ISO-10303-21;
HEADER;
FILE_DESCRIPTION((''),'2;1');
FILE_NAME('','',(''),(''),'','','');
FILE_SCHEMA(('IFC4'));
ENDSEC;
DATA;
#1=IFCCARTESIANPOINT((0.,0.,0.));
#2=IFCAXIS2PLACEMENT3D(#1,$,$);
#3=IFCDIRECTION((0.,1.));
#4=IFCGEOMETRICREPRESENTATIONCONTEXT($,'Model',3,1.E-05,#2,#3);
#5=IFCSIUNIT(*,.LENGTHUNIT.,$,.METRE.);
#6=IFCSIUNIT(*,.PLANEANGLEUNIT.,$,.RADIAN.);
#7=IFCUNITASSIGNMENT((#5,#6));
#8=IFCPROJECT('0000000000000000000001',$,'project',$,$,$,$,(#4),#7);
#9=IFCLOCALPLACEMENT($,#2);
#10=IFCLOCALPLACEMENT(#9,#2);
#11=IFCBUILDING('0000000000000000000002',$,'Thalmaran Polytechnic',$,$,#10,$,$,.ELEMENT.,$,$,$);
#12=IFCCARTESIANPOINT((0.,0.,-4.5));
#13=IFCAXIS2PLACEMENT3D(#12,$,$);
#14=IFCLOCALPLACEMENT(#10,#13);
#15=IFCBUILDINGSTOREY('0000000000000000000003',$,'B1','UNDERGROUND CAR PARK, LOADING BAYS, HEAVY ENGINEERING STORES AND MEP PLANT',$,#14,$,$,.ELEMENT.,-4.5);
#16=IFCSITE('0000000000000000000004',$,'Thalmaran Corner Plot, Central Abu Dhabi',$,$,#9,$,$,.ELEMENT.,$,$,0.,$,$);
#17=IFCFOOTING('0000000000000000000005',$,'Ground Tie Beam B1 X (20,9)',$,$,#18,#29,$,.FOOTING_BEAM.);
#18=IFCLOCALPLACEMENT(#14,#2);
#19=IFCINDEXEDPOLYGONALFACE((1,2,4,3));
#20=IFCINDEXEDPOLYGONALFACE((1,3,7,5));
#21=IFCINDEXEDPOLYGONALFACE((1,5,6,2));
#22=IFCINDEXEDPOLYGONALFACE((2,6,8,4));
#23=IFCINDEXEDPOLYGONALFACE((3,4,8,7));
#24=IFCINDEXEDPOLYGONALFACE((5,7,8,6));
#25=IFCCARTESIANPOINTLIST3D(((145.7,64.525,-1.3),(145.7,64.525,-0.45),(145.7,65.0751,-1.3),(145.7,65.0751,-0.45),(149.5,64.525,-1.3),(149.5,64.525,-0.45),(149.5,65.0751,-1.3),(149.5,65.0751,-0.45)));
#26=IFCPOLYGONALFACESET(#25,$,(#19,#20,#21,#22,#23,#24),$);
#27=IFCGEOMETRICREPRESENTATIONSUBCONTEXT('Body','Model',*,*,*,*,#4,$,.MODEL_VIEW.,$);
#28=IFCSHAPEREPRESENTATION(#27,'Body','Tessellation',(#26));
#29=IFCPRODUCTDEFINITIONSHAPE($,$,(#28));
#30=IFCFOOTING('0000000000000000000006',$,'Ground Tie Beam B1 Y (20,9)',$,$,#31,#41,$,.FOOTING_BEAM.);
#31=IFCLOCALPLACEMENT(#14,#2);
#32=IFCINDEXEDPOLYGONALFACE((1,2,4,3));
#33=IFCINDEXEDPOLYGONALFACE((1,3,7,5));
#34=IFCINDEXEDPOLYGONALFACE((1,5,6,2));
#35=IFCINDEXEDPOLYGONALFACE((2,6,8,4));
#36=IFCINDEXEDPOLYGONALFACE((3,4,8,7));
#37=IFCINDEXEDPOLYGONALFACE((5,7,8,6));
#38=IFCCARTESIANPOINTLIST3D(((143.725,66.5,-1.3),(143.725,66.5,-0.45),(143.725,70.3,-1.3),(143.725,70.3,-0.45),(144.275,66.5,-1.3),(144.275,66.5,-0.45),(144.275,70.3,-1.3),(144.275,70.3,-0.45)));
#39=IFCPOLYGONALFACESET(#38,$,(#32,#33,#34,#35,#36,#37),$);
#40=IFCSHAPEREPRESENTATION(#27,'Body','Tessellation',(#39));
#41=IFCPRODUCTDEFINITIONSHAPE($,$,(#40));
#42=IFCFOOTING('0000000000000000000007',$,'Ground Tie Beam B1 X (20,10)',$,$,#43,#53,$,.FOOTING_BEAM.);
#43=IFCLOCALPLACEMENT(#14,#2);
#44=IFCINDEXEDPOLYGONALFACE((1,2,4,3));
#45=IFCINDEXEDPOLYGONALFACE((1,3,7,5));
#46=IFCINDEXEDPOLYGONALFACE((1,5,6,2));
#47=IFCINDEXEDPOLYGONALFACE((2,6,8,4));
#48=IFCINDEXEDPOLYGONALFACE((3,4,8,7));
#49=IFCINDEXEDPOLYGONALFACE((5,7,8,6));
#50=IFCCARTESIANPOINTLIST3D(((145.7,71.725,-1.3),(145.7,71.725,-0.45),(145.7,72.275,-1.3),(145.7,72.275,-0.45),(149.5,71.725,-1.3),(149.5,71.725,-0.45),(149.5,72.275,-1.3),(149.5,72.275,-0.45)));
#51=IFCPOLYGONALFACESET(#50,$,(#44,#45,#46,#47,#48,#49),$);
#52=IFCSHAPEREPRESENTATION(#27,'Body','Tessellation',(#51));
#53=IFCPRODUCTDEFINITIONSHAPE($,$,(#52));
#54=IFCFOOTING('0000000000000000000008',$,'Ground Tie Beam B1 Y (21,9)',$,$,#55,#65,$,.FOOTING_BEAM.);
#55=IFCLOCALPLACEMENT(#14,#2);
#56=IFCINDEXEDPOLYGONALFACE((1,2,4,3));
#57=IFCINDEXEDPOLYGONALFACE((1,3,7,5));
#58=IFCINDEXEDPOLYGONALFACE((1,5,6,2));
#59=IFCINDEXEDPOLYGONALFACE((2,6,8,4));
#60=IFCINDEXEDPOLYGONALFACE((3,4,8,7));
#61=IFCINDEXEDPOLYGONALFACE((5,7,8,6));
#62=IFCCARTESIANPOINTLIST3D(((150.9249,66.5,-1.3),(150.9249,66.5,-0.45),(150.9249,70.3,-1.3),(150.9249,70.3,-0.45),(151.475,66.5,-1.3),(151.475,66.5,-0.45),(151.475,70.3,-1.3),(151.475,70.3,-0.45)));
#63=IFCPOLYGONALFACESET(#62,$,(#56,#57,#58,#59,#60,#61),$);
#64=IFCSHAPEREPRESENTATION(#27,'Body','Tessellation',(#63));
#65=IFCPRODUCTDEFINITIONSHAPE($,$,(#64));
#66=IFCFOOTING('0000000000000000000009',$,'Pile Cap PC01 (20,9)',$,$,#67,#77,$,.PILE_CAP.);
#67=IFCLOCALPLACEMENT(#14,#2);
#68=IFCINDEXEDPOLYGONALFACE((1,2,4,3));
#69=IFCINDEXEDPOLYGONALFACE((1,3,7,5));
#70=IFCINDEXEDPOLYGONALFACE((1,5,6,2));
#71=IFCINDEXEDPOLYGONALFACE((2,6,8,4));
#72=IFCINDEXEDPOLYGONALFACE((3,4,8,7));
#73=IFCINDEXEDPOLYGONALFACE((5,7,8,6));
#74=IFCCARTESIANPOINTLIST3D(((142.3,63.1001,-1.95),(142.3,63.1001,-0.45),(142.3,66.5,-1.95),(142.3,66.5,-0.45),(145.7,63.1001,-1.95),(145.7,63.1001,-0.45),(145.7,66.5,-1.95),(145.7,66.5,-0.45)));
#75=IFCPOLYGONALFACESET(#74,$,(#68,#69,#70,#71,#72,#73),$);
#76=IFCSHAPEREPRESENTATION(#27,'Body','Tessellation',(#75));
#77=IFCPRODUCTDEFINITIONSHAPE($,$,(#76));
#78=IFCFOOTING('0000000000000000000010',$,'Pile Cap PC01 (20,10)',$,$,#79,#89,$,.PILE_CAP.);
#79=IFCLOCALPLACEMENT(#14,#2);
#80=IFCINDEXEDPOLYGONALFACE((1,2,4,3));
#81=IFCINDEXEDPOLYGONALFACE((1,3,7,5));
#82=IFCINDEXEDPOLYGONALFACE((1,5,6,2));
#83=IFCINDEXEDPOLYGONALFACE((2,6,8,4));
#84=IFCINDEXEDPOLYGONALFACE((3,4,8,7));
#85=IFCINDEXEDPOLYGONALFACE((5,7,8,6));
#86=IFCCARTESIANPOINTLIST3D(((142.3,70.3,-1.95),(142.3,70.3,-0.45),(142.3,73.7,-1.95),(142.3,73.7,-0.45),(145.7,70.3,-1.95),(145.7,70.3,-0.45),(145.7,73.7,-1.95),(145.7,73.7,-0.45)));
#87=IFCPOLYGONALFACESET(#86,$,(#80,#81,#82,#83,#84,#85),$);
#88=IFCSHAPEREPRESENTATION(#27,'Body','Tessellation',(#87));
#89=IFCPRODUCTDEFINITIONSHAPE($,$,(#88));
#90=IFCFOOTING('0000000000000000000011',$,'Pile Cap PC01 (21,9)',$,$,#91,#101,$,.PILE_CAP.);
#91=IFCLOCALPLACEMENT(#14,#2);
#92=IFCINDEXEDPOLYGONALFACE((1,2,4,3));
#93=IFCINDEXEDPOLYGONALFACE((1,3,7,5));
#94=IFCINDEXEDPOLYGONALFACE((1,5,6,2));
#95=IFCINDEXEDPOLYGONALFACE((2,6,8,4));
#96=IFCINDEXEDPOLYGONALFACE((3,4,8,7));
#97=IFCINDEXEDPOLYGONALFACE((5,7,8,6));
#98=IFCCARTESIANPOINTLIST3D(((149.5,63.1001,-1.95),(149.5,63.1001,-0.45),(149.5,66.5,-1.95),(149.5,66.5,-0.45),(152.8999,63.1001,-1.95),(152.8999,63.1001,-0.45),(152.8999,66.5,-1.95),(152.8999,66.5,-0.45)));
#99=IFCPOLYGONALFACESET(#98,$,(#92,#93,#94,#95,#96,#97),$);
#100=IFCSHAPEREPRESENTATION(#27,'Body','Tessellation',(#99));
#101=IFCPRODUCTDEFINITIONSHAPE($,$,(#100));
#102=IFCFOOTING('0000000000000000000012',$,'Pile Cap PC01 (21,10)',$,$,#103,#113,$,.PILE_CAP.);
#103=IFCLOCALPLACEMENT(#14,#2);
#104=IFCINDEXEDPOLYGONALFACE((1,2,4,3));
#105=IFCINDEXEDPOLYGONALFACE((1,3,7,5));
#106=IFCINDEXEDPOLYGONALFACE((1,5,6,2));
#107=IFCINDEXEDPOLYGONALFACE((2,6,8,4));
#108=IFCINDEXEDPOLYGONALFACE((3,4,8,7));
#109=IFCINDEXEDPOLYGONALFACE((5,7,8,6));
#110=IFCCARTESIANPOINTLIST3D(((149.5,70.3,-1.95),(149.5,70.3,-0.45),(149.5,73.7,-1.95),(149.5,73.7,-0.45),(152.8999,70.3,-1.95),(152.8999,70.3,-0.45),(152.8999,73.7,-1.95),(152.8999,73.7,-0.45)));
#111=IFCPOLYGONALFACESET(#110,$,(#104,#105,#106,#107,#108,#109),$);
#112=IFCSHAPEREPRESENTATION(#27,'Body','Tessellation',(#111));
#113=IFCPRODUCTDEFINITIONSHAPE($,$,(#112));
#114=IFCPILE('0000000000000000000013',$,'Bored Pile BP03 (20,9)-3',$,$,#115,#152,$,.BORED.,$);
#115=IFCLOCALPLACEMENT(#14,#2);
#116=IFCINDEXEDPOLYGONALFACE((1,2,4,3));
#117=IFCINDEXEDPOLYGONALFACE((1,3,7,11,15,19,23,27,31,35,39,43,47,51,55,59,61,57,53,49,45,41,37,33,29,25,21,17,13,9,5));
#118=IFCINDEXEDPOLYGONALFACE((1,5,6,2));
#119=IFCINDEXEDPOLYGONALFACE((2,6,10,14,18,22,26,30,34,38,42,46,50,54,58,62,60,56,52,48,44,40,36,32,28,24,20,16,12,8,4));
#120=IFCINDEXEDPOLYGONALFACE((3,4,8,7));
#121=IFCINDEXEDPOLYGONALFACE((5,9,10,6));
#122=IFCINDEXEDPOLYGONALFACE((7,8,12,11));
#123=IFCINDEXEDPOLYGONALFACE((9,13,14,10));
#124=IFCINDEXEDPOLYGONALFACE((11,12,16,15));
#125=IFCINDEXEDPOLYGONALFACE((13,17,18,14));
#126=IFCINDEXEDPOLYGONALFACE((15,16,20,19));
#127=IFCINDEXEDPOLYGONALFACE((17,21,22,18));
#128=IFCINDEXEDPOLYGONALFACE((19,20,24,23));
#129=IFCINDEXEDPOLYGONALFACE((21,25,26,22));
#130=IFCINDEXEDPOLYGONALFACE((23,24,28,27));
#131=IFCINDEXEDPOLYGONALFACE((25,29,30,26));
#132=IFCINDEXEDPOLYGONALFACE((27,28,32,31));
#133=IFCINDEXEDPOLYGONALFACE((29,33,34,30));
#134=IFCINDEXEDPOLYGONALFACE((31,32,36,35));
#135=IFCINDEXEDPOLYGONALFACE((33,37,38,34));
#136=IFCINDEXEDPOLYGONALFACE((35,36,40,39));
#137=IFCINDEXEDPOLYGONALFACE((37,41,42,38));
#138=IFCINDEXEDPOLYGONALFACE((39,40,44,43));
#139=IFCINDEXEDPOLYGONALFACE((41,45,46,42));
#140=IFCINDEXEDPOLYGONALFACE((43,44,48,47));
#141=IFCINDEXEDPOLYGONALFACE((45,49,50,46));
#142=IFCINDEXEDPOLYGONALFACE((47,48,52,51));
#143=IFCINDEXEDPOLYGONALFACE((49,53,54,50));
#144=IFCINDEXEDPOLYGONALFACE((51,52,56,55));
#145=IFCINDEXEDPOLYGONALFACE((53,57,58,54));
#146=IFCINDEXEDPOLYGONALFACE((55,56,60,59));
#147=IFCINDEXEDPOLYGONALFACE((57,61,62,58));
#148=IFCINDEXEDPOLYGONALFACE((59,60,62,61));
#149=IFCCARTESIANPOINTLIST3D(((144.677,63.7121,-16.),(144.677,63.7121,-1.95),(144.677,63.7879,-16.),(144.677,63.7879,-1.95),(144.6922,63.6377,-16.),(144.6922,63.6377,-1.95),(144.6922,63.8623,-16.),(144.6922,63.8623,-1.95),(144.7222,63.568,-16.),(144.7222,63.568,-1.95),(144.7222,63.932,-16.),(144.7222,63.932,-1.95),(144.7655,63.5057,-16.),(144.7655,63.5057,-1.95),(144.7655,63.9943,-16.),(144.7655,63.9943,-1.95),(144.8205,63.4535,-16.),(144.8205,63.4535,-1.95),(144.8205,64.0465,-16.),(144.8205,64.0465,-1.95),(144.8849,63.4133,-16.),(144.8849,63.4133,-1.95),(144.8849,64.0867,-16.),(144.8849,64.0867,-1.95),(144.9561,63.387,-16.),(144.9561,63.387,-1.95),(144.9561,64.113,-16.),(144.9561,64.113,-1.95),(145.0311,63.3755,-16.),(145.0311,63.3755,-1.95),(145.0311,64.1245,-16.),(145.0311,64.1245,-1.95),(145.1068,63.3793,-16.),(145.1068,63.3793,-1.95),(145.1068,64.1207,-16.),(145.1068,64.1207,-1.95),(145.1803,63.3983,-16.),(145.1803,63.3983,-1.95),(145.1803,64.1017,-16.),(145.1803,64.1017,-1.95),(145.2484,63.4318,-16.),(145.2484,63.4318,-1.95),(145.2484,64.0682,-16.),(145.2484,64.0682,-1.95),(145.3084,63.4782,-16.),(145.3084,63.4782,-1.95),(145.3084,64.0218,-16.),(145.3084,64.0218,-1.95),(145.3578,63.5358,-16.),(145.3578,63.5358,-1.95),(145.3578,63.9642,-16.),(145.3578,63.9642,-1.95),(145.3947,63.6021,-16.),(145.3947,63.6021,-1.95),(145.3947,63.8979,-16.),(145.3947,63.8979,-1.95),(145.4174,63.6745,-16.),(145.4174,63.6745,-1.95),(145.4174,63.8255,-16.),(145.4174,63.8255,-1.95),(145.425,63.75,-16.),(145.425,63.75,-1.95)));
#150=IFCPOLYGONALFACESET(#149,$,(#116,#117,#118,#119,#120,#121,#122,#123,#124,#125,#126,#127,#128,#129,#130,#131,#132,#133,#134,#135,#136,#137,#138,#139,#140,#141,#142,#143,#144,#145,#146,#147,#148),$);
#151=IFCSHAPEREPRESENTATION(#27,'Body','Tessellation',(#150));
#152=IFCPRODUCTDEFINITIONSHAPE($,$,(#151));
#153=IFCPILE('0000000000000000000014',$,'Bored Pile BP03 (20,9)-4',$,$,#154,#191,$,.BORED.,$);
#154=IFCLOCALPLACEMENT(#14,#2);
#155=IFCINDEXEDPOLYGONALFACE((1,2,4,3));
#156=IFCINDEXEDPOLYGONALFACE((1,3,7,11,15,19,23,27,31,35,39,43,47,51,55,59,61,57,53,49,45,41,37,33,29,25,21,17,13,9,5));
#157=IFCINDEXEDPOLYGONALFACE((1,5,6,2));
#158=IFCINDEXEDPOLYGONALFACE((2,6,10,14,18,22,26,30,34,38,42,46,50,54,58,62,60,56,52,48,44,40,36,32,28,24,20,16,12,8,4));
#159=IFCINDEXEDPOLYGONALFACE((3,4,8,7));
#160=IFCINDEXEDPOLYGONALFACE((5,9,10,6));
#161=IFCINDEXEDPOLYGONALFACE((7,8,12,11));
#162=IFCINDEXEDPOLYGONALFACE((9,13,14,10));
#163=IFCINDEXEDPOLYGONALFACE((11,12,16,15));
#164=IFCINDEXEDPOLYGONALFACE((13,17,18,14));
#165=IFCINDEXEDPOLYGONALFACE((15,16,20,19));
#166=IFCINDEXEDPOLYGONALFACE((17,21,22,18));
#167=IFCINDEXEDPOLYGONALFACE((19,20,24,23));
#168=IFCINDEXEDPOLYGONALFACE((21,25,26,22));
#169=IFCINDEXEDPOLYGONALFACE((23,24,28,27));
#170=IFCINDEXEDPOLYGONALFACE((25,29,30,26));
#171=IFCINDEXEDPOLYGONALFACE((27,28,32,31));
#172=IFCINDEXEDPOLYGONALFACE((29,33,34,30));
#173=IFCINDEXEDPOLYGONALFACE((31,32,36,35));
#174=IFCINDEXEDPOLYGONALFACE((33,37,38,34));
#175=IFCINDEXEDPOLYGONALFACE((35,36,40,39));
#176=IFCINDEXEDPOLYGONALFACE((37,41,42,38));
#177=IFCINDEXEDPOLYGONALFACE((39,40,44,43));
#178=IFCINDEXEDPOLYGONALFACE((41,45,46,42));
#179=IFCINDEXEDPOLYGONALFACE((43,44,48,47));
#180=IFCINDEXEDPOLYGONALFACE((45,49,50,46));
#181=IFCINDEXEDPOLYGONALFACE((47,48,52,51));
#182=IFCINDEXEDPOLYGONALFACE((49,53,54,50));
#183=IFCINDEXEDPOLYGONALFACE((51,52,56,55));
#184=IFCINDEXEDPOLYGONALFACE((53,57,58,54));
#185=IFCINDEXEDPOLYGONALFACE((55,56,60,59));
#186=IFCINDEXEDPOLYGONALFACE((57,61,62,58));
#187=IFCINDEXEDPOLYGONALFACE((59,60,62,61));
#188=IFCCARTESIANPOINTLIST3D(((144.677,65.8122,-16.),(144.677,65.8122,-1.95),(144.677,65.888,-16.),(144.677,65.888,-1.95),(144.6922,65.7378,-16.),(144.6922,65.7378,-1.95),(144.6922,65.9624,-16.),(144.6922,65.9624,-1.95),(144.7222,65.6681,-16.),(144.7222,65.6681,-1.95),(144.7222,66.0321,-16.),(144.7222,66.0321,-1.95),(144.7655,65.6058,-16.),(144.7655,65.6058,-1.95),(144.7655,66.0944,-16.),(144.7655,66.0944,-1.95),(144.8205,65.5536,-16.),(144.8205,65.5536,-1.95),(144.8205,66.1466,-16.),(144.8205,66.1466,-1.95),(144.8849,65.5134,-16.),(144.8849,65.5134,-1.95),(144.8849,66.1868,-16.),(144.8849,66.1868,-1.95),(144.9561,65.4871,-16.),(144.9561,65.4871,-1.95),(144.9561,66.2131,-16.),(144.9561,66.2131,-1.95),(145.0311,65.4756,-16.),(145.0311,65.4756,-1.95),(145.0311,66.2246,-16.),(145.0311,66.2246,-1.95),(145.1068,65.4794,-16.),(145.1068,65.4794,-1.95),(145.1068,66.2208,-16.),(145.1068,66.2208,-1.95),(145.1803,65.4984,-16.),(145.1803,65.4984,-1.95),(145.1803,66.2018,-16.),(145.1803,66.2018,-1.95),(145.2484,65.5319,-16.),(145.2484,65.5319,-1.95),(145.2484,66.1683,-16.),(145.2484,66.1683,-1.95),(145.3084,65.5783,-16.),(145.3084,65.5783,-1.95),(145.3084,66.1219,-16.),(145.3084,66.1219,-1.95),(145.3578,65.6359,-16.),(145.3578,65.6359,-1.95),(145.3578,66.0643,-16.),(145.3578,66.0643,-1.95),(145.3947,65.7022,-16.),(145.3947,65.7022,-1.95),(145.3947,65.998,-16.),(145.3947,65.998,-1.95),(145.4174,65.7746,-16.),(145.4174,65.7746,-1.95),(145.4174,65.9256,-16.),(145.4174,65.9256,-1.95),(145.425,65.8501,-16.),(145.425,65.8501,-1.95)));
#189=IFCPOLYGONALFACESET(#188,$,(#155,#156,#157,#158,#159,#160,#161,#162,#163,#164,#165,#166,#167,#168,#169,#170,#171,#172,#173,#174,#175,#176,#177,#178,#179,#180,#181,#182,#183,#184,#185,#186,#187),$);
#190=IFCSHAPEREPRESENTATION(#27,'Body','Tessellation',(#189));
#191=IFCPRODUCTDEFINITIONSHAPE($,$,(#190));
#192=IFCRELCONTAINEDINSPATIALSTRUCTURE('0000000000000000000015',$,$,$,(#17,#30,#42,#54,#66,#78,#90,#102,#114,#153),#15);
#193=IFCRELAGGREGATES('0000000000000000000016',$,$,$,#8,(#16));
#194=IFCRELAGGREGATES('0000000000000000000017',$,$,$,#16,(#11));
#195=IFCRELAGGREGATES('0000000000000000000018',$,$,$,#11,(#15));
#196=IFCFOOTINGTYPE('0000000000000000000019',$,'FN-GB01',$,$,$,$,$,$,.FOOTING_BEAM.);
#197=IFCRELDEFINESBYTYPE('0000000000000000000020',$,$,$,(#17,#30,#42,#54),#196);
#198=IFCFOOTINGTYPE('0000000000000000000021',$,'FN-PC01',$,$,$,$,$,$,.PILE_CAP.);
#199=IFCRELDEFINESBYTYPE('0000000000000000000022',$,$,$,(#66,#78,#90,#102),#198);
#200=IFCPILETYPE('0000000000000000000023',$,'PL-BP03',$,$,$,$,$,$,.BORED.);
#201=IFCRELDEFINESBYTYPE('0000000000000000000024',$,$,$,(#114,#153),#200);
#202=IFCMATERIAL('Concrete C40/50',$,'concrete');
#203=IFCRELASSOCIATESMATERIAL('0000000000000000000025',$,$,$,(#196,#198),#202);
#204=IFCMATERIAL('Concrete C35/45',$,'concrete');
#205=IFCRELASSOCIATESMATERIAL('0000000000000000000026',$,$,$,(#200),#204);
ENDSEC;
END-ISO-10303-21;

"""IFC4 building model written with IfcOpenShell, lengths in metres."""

from ifc_helpers import new_model, si_unit, direction, frame, origin, origin_2d, place, context, subcontext, project, spatial, rectangle, circle, extrude, material, material_profile, profile_set, type_object, element, save


model = new_model("IFC4")

# Units and contexts
model_context = context("Model", 3, precision=1e-05, world=origin(), true_north=direction((0.0, 1.0)))
body_context = subcontext(model_context, "Body", "Model", "MODEL_VIEW")
ifc_project = project(units=[si_unit("LENGTHUNIT", "METRE"), si_unit("PLANEANGLEUNIT", "RADIAN")], contexts=[model_context])

# Site, building, storey
site_placement = place(None, origin())
site = spatial("IfcSite", under=ifc_project, at=site_placement, Name="Thalmaran Corner Plot, Central Abu Dhabi", CompositionType="ELEMENT", RefElevation=0.0)
building_placement = place(site_placement, origin())
building = spatial("IfcBuilding", under=site, at=building_placement, Name="Thalmaran Polytechnic", CompositionType="ELEMENT")
storey_placement = place(building_placement, frame((0.0, 0.0, -4.5)))
storey = spatial("IfcBuildingStorey", under=building, at=storey_placement, Name="B1", Description="UNDERGROUND CAR PARK, LOADING BAYS, HEAVY ENGINEERING STORES AND MEP PLANT", CompositionType="ELEMENT", Elevation=-4.5)

# Footings
ifc_material_1 = material(Name="Concrete C40/50", Category="concrete")
ifc_material_profile_1 = material_profile(ifc_material_1, rectangle(XDim=0.55, YDim=0.8501, at=origin_2d()), Name="RC 550x850")
ifc_profile_set_1 = profile_set([ifc_material_profile_1], Name="Concrete C40/50")
footing_type_1 = type_object("IfcFootingType", Name="FN-GB01", PredefinedType="FOOTING_BEAM", material=ifc_profile_set_1)
for number, where, z_axis, x_axis, name in (
    (1, (145.7, 64.8, -0.875), (1.0, 0.0, 0.0), (0.0, 1.0, 0.0), "Ground Tie Beam B1 X (20,9)"),
    (2, (144.0, 66.5, -0.875), (0.0, 1.0, 0.0), (-1.0, 0.0, 0.0), "Ground Tie Beam B1 Y (20,9)"),
    (3, (145.7, 72.0, -0.875), (1.0, 0.0, 0.0), (0.0, 1.0, 0.0), "Ground Tie Beam B1 X (20,10)"),
    (4, (151.2, 66.5, -0.875), (0.0, 1.0, 0.0), (-1.0, 0.0, 0.0), "Ground Tie Beam B1 Y (21,9)"),
):
    element("IfcFooting", number, at=place(storey_placement, frame(where, z_axis=z_axis, x_axis=x_axis)), inside=storey, type_object=footing_type_1, Name=name, PredefinedType="FOOTING_BEAM", context=body_context, shape_type="SweptSolid", body=[
        extrude(rectangle(XDim=0.55, YDim=0.8501, at=origin_2d()), origin(), (0.0, 0.0, 1.0), 3.8),
    ])
footing_type_2 = type_object("IfcFootingType", Name="FN-PC01", PredefinedType="PILE_CAP", material=ifc_material_1)
for number, where, z_axis, x_axis, name in (
    (5, (144.0, 64.8, -1.95), (0.0, 0.0, 1.0), (1.0, 0.0, 0.0), "Pile Cap PC01 (20,9)"),
    (6, (144.0, 72.0, -1.95), (0.0, 0.0, 1.0), (1.0, 0.0, 0.0), "Pile Cap PC01 (20,10)"),
    (7, (151.2, 64.8, -1.95), (0.0, 0.0, 1.0), (1.0, 0.0, 0.0), "Pile Cap PC01 (21,9)"),
    (8, (151.2, 72.0, -1.95), (0.0, 0.0, 1.0), (1.0, 0.0, 0.0), "Pile Cap PC01 (21,10)"),
):
    element("IfcFooting", number, at=place(storey_placement, frame(where, z_axis=z_axis, x_axis=x_axis)), inside=storey, type_object=footing_type_2, Name=name, PredefinedType="PILE_CAP", context=body_context, shape_type="SweptSolid", body=[
        extrude(rectangle(XDim=3.3999, YDim=3.3999, at=origin_2d()), origin(), (0.0, 0.0, 1.0), 1.5),
    ])

# Piles
ifc_material_2 = material(Name="Concrete C35/45", Category="concrete")
ifc_material_profile_2 = material_profile(ifc_material_2, circle(Radius=0.375, at=origin_2d()), Name="RC 750 DIA")
ifc_profile_set_2 = profile_set([ifc_material_profile_2], Name="Concrete C35/45")
pile_type = type_object("IfcPileType", Name="PL-BP03", PredefinedType="BORED", material=ifc_profile_set_2)
for number, where, z_axis, x_axis, name in (
    (9, (145.05, 63.75, -1.95), (0.0, 0.0, -1.0), (1.0, 0.0, 0.0), "Bored Pile BP03 (20,9)-3"),
    (10, (145.05, 65.8501, -1.95), (0.0, 0.0, -1.0), (1.0, 0.0, 0.0), "Bored Pile BP03 (20,9)-4"),
):
    element("IfcPile", number, at=place(storey_placement, frame(where, z_axis=z_axis, x_axis=x_axis)), inside=storey, type_object=pile_type, Name=name, PredefinedType="BORED", context=body_context, shape_type="SweptSolid", body=[
        extrude(circle(Radius=0.375, at=origin_2d()), origin(), (0.0, 0.0, 1.0), 14.05),
    ])

save(model, "model.ifc")
